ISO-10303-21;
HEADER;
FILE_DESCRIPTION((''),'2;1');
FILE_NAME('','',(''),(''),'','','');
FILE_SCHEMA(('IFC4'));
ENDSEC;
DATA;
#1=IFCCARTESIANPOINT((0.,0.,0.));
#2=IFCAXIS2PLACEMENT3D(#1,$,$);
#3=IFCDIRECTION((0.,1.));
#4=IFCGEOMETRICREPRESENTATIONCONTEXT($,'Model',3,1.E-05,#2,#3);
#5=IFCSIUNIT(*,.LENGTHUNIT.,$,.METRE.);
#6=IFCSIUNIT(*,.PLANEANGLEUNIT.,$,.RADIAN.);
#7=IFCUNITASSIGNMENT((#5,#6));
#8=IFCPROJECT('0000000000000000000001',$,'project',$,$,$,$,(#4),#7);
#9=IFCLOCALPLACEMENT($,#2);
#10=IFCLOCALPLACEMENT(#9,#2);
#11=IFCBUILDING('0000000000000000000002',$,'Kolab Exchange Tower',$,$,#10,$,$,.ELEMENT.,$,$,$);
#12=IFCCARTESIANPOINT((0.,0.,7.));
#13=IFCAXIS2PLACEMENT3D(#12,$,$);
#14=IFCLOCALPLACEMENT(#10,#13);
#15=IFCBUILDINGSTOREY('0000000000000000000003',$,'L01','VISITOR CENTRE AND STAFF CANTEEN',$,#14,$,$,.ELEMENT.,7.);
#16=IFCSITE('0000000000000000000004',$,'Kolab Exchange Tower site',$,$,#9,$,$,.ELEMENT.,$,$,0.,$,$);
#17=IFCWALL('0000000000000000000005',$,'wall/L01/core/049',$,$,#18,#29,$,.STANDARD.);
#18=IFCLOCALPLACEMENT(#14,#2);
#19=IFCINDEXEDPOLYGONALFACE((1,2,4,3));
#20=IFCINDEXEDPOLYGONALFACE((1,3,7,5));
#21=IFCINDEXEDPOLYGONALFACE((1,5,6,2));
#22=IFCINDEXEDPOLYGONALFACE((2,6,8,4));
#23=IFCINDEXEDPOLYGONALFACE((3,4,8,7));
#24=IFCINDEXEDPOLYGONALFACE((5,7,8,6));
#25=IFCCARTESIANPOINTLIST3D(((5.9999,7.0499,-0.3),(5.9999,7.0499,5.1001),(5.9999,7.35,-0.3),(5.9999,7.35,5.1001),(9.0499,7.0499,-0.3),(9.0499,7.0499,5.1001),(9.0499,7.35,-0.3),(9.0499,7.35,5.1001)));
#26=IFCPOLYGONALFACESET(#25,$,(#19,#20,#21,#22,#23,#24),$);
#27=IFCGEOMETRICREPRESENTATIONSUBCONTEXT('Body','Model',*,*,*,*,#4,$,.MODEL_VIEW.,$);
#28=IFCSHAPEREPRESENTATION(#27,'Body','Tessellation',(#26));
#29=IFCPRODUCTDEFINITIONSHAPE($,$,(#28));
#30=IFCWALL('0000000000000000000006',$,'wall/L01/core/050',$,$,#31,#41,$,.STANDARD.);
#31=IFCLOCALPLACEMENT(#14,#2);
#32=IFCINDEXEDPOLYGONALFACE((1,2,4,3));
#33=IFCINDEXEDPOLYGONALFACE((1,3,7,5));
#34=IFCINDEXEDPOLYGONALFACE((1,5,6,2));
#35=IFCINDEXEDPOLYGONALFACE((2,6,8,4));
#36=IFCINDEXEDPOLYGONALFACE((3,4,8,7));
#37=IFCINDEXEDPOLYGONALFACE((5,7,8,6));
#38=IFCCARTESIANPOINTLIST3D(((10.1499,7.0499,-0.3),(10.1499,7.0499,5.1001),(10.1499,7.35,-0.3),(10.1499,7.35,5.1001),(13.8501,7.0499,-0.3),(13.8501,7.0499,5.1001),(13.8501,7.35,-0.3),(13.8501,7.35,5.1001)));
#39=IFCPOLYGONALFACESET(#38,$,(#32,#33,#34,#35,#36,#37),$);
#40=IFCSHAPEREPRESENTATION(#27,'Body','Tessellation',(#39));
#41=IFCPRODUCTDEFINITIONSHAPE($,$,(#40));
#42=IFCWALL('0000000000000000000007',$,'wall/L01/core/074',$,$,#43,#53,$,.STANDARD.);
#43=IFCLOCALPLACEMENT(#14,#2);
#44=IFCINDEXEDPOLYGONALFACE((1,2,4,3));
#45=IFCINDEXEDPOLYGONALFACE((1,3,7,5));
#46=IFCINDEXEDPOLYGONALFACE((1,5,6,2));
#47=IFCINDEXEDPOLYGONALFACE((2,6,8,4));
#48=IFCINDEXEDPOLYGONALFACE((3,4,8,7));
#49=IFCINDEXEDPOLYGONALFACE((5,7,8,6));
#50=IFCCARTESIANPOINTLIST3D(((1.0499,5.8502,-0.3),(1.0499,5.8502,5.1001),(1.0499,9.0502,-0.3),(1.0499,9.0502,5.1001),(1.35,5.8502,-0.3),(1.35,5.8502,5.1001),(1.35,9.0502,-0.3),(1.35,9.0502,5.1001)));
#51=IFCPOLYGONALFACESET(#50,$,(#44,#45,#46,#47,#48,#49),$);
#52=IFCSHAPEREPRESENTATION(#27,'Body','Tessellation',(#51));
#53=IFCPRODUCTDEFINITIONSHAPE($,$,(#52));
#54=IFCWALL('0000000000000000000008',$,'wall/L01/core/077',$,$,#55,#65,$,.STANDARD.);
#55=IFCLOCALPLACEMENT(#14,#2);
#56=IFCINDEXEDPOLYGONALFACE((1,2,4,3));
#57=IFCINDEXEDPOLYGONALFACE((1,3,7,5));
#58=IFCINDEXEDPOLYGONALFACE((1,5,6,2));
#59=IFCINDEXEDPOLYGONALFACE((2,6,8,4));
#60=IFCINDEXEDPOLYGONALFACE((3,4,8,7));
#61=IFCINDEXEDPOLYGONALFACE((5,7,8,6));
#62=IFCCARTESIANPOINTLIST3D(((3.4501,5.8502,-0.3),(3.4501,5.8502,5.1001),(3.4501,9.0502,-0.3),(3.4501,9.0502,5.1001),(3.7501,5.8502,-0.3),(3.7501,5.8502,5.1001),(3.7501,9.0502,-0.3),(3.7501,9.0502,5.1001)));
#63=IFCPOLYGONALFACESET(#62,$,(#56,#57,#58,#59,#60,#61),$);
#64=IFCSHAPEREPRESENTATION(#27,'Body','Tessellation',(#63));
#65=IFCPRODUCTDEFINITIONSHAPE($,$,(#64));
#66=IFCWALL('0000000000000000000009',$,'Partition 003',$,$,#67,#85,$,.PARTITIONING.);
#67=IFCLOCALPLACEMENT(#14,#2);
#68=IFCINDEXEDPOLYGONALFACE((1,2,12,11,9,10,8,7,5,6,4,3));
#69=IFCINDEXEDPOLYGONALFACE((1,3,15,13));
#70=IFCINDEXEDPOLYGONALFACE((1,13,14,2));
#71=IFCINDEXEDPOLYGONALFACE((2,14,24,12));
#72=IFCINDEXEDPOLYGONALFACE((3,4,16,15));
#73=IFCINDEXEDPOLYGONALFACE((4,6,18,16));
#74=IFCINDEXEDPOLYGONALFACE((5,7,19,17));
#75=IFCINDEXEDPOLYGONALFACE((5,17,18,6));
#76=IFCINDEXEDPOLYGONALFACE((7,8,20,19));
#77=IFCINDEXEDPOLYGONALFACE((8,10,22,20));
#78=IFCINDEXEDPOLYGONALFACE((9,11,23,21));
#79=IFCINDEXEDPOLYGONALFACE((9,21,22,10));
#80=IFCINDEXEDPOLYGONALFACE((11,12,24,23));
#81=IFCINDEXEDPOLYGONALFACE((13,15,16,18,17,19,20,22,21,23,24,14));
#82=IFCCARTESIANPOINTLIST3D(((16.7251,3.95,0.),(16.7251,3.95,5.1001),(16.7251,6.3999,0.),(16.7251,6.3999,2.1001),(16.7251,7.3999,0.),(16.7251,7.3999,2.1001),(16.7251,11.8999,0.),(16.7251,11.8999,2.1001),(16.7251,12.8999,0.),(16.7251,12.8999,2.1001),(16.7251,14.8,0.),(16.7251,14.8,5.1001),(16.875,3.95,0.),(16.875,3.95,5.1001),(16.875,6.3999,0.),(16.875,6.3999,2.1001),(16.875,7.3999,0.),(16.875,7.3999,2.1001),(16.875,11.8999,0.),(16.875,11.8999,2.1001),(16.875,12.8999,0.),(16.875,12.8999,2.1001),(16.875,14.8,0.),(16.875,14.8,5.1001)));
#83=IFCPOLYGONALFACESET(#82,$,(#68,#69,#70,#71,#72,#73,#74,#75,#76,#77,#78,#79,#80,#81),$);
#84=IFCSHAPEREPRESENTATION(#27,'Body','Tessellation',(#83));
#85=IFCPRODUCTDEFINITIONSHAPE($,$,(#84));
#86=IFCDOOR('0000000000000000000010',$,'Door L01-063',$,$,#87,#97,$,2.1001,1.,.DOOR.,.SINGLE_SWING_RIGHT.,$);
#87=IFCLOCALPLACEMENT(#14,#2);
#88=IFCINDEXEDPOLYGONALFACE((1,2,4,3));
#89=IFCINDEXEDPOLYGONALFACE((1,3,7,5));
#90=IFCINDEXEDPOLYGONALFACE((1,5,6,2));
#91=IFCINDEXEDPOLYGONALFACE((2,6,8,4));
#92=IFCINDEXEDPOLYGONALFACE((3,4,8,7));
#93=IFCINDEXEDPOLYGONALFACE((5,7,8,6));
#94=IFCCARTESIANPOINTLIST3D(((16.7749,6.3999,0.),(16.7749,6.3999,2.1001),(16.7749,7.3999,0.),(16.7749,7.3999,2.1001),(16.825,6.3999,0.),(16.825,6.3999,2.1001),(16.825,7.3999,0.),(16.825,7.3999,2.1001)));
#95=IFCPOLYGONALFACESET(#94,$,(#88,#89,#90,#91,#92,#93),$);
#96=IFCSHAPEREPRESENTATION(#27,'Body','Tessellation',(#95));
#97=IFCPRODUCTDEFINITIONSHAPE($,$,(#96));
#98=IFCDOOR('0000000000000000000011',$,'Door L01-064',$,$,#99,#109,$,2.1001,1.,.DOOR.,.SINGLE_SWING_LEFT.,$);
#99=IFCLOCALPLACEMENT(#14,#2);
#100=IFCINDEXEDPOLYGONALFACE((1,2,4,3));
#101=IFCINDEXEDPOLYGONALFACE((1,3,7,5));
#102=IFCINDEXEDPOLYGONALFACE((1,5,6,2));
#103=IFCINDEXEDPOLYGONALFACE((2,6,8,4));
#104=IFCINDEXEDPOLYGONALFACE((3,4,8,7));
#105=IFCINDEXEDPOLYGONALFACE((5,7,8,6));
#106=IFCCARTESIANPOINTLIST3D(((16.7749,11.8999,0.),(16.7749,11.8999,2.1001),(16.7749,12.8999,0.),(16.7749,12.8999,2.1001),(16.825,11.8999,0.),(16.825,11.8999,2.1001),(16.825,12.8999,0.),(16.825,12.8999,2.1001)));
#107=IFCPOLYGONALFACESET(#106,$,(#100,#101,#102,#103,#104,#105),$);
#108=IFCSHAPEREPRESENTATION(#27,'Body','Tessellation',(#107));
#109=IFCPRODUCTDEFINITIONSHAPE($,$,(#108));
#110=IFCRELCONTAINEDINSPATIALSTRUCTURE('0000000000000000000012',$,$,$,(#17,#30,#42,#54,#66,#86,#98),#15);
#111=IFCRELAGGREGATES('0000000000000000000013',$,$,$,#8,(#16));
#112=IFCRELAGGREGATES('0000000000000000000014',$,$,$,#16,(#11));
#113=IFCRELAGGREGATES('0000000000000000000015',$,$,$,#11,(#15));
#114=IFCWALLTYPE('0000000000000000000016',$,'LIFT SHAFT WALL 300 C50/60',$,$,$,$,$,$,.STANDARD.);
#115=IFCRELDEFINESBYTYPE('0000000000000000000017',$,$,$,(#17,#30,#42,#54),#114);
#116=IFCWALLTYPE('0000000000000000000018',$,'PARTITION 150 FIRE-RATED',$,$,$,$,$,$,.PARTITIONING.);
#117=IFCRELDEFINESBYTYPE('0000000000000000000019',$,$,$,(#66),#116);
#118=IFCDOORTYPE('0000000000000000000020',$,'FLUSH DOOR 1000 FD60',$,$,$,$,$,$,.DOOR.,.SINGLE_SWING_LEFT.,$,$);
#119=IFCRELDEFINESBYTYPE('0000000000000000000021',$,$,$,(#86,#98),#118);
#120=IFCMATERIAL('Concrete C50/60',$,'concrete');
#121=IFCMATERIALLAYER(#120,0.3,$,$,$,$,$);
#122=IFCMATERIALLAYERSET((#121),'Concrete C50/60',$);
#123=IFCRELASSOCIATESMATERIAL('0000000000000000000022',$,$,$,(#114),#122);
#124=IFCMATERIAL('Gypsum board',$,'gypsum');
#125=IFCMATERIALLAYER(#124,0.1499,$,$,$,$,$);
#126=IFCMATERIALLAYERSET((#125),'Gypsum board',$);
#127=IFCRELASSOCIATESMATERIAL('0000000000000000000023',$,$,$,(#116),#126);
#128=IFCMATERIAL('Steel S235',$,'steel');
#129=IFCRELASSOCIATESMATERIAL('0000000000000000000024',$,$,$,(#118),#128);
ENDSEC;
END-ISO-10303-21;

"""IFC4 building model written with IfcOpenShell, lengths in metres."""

from ifc_helpers import new_model, si_unit, direction, frame, frame_2d, origin, place, context, subcontext, project, spatial, rectangle, extrude, material, layer, layer_set, type_object, element, fill, save


model = new_model("IFC4")

# Units and contexts
model_context = context("Model", 3, precision=1e-05, world=origin(), true_north=direction((0.0, 1.0)))
body_context = subcontext(model_context, "Body", "Model", "MODEL_VIEW")
ifc_project = project(units=[si_unit("LENGTHUNIT", "METRE"), si_unit("PLANEANGLEUNIT", "RADIAN")], contexts=[model_context])

# Site, building, storey
site_placement = place(None, origin())
site = spatial("IfcSite", under=ifc_project, at=site_placement, Name="Kolab Exchange Tower site", CompositionType="ELEMENT", RefElevation=0.0)
building_placement = place(site_placement, origin())
building = spatial("IfcBuilding", under=site, at=building_placement, Name="Kolab Exchange Tower", CompositionType="ELEMENT")
storey_placement = place(building_placement, frame((0.0, 0.0, 7.0)))
storey = spatial("IfcBuildingStorey", under=building, at=storey_placement, Name="L01", Description="VISITOR CENTRE AND STAFF CANTEEN", CompositionType="ELEMENT", Elevation=7.0)

# Shared definitions
ifc_material_1 = material(Name="Concrete C50/60", Category="concrete")

# Shared definitions
ifc_layer_1 = layer(ifc_material_1, 0.3)
ifc_layer_set_1 = layer_set([ifc_layer_1], Name="Concrete C50/60")
wall_type_1 = type_object("IfcWallType", Name="LIFT SHAFT WALL 300 C50/60", PredefinedType="STANDARD", material=ifc_layer_set_1)

# Shared definitions
ifc_material_2 = material(Name="Steel S235", Category="steel")

# Walls
wall_1_placement = place(storey_placement, frame((6.0, 7.2, -0.3), z_axis=(0.0, 0.0, 1.0), x_axis=(1.0, 0.0, 0.0)))
element("IfcWall", 1, at=wall_1_placement, inside=storey, type_object=wall_type_1, Name="wall/L01/core/049", PredefinedType="STANDARD", context=body_context, shape_type="SweptSolid", body=[
    extrude(rectangle(XDim=3.05, YDim=0.3, at=frame_2d((1.5249, 0.0))), origin(), (0.0, 0.0, 1.0), 5.4001),
])
wall_2_placement = place(storey_placement, frame((10.1499, 7.2, -0.3), z_axis=(0.0, 0.0, 1.0), x_axis=(1.0, 0.0, 0.0)))
element("IfcWall", 2, at=wall_2_placement, inside=storey, type_object=wall_type_1, Name="wall/L01/core/050", PredefinedType="STANDARD", context=body_context, shape_type="SweptSolid", body=[
    extrude(rectangle(XDim=3.7002, YDim=0.3, at=frame_2d((1.8501, 0.0))), origin(), (0.0, 0.0, 1.0), 5.4001),
])
for number, where, z_axis, x_axis, name in (
    (3, (1.2, 5.8501, -0.3), (0.0, 0.0, 1.0), (0.0, 1.0, 0.0), "wall/L01/core/074"),
    (4, (3.6001, 5.8501, -0.3), (0.0, 0.0, 1.0), (0.0, 1.0, 0.0), "wall/L01/core/077"),
):
    element("IfcWall", number, at=place(storey_placement, frame(where, z_axis=z_axis, x_axis=x_axis)), inside=storey, type_object=wall_type_1, Name=name, PredefinedType="STANDARD", context=body_context, shape_type="SweptSolid", body=[
        extrude(rectangle(XDim=3.2, YDim=0.3, at=frame_2d((1.6001, 0.0))), origin(), (0.0, 0.0, 1.0), 5.4001),
    ])

# Wall, openings, doors
ifc_material_3 = material(Name="Gypsum board", Category="gypsum")
ifc_layer_2 = layer(ifc_material_3, 0.1499)
ifc_layer_set_2 = layer_set([ifc_layer_2], Name="Gypsum board")
wall_type_2 = type_object("IfcWallType", Name="PARTITION 150 FIRE-RATED", PredefinedType="PARTITIONING", material=ifc_layer_set_2)
wall_3_placement = place(storey_placement, frame((16.8, 3.95, 0.0), z_axis=(0.0, 0.0, 1.0), x_axis=(0.0, 1.0, 0.0)))
wall_3 = element("IfcWall", 5, at=wall_3_placement, inside=storey, type_object=wall_type_2, Name="Partition 003", PredefinedType="PARTITIONING", context=body_context, shape_type="SweptSolid", body=[
    extrude(rectangle(XDim=10.8501, YDim=0.1499, at=frame_2d((5.425, 0.0))), origin(), (0.0, 0.0, 1.0), 5.1001),
])
opening_1_placement = place(wall_3_placement, frame((2.45, 0.0, 0.0)))
opening_1 = element("IfcOpeningElement", 6, at=opening_1_placement, cuts=wall_3, PredefinedType="OPENING", context=body_context, shape_type="SweptSolid", body=[
    extrude(rectangle(XDim=1.0, YDim=2.1001, at=frame_2d((0.5, 1.05))), frame((0.0, 0.085, 0.0), z_axis=(0.0, -1.0, 0.0), x_axis=(1.0, 0.0, 0.0)), (0.0, 0.0, 1.0), 0.1699),
])
opening_2_placement = place(wall_3_placement, frame((7.95, 0.0, 0.0)))
opening_2 = element("IfcOpeningElement", 7, at=opening_2_placement, cuts=wall_3, PredefinedType="OPENING", context=body_context, shape_type="SweptSolid", body=[
    extrude(rectangle(XDim=1.0, YDim=2.1001, at=frame_2d((0.5, 1.05))), frame((0.0, 0.085, 0.0), z_axis=(0.0, -1.0, 0.0), x_axis=(1.0, 0.0, 0.0)), (0.0, 0.0, 1.0), 0.1699),
])
door_type_1 = type_object("IfcDoorType", Name="FLUSH DOOR 1000 FD60", OperationType="SINGLE_SWING_LEFT", PredefinedType="DOOR", material=ifc_material_2)
door_1_placement = place(opening_1_placement, frame((1.0, 0.0, 0.0), z_axis=(0.0, 0.0, 1.0), x_axis=(-1.0, 0.0, 0.0)))
door_1 = element("IfcDoor", 8, at=door_1_placement, inside=storey, type_object=door_type_1, Name="Door L01-063", OperationType="SINGLE_SWING_RIGHT", OverallHeight=2.1001, OverallWidth=1.0, PredefinedType="DOOR", context=body_context, shape_type="SweptSolid", body=[
    extrude(rectangle(XDim=1.0, YDim=2.1001, at=frame_2d((0.5, 1.05))), frame((0.0, 0.0249, 0.0), z_axis=(0.0, -1.0, 0.0), x_axis=(1.0, 0.0, 0.0)), (0.0, 0.0, 1.0), 0.05),
])
fill(opening_1, door_1)
door_2_placement = place(opening_2_placement, frame((1.0, 0.0, 0.0), z_axis=(0.0, 0.0, 1.0), x_axis=(-1.0, 0.0, 0.0)))
door_2 = element("IfcDoor", 9, at=door_2_placement, inside=storey, type_object=door_type_1, Name="Door L01-064", OperationType="SINGLE_SWING_LEFT", OverallHeight=2.1001, OverallWidth=1.0, PredefinedType="DOOR", context=body_context, shape_type="SweptSolid", body=[
    extrude(rectangle(XDim=1.0, YDim=2.1001, at=frame_2d((0.5, 1.05))), frame((0.0, 0.0249, 0.0), z_axis=(0.0, -1.0, 0.0), x_axis=(1.0, 0.0, 0.0)), (0.0, 0.0, 1.0), 0.05),
])
fill(opening_2, door_2)

save(model, "model.ifc")
